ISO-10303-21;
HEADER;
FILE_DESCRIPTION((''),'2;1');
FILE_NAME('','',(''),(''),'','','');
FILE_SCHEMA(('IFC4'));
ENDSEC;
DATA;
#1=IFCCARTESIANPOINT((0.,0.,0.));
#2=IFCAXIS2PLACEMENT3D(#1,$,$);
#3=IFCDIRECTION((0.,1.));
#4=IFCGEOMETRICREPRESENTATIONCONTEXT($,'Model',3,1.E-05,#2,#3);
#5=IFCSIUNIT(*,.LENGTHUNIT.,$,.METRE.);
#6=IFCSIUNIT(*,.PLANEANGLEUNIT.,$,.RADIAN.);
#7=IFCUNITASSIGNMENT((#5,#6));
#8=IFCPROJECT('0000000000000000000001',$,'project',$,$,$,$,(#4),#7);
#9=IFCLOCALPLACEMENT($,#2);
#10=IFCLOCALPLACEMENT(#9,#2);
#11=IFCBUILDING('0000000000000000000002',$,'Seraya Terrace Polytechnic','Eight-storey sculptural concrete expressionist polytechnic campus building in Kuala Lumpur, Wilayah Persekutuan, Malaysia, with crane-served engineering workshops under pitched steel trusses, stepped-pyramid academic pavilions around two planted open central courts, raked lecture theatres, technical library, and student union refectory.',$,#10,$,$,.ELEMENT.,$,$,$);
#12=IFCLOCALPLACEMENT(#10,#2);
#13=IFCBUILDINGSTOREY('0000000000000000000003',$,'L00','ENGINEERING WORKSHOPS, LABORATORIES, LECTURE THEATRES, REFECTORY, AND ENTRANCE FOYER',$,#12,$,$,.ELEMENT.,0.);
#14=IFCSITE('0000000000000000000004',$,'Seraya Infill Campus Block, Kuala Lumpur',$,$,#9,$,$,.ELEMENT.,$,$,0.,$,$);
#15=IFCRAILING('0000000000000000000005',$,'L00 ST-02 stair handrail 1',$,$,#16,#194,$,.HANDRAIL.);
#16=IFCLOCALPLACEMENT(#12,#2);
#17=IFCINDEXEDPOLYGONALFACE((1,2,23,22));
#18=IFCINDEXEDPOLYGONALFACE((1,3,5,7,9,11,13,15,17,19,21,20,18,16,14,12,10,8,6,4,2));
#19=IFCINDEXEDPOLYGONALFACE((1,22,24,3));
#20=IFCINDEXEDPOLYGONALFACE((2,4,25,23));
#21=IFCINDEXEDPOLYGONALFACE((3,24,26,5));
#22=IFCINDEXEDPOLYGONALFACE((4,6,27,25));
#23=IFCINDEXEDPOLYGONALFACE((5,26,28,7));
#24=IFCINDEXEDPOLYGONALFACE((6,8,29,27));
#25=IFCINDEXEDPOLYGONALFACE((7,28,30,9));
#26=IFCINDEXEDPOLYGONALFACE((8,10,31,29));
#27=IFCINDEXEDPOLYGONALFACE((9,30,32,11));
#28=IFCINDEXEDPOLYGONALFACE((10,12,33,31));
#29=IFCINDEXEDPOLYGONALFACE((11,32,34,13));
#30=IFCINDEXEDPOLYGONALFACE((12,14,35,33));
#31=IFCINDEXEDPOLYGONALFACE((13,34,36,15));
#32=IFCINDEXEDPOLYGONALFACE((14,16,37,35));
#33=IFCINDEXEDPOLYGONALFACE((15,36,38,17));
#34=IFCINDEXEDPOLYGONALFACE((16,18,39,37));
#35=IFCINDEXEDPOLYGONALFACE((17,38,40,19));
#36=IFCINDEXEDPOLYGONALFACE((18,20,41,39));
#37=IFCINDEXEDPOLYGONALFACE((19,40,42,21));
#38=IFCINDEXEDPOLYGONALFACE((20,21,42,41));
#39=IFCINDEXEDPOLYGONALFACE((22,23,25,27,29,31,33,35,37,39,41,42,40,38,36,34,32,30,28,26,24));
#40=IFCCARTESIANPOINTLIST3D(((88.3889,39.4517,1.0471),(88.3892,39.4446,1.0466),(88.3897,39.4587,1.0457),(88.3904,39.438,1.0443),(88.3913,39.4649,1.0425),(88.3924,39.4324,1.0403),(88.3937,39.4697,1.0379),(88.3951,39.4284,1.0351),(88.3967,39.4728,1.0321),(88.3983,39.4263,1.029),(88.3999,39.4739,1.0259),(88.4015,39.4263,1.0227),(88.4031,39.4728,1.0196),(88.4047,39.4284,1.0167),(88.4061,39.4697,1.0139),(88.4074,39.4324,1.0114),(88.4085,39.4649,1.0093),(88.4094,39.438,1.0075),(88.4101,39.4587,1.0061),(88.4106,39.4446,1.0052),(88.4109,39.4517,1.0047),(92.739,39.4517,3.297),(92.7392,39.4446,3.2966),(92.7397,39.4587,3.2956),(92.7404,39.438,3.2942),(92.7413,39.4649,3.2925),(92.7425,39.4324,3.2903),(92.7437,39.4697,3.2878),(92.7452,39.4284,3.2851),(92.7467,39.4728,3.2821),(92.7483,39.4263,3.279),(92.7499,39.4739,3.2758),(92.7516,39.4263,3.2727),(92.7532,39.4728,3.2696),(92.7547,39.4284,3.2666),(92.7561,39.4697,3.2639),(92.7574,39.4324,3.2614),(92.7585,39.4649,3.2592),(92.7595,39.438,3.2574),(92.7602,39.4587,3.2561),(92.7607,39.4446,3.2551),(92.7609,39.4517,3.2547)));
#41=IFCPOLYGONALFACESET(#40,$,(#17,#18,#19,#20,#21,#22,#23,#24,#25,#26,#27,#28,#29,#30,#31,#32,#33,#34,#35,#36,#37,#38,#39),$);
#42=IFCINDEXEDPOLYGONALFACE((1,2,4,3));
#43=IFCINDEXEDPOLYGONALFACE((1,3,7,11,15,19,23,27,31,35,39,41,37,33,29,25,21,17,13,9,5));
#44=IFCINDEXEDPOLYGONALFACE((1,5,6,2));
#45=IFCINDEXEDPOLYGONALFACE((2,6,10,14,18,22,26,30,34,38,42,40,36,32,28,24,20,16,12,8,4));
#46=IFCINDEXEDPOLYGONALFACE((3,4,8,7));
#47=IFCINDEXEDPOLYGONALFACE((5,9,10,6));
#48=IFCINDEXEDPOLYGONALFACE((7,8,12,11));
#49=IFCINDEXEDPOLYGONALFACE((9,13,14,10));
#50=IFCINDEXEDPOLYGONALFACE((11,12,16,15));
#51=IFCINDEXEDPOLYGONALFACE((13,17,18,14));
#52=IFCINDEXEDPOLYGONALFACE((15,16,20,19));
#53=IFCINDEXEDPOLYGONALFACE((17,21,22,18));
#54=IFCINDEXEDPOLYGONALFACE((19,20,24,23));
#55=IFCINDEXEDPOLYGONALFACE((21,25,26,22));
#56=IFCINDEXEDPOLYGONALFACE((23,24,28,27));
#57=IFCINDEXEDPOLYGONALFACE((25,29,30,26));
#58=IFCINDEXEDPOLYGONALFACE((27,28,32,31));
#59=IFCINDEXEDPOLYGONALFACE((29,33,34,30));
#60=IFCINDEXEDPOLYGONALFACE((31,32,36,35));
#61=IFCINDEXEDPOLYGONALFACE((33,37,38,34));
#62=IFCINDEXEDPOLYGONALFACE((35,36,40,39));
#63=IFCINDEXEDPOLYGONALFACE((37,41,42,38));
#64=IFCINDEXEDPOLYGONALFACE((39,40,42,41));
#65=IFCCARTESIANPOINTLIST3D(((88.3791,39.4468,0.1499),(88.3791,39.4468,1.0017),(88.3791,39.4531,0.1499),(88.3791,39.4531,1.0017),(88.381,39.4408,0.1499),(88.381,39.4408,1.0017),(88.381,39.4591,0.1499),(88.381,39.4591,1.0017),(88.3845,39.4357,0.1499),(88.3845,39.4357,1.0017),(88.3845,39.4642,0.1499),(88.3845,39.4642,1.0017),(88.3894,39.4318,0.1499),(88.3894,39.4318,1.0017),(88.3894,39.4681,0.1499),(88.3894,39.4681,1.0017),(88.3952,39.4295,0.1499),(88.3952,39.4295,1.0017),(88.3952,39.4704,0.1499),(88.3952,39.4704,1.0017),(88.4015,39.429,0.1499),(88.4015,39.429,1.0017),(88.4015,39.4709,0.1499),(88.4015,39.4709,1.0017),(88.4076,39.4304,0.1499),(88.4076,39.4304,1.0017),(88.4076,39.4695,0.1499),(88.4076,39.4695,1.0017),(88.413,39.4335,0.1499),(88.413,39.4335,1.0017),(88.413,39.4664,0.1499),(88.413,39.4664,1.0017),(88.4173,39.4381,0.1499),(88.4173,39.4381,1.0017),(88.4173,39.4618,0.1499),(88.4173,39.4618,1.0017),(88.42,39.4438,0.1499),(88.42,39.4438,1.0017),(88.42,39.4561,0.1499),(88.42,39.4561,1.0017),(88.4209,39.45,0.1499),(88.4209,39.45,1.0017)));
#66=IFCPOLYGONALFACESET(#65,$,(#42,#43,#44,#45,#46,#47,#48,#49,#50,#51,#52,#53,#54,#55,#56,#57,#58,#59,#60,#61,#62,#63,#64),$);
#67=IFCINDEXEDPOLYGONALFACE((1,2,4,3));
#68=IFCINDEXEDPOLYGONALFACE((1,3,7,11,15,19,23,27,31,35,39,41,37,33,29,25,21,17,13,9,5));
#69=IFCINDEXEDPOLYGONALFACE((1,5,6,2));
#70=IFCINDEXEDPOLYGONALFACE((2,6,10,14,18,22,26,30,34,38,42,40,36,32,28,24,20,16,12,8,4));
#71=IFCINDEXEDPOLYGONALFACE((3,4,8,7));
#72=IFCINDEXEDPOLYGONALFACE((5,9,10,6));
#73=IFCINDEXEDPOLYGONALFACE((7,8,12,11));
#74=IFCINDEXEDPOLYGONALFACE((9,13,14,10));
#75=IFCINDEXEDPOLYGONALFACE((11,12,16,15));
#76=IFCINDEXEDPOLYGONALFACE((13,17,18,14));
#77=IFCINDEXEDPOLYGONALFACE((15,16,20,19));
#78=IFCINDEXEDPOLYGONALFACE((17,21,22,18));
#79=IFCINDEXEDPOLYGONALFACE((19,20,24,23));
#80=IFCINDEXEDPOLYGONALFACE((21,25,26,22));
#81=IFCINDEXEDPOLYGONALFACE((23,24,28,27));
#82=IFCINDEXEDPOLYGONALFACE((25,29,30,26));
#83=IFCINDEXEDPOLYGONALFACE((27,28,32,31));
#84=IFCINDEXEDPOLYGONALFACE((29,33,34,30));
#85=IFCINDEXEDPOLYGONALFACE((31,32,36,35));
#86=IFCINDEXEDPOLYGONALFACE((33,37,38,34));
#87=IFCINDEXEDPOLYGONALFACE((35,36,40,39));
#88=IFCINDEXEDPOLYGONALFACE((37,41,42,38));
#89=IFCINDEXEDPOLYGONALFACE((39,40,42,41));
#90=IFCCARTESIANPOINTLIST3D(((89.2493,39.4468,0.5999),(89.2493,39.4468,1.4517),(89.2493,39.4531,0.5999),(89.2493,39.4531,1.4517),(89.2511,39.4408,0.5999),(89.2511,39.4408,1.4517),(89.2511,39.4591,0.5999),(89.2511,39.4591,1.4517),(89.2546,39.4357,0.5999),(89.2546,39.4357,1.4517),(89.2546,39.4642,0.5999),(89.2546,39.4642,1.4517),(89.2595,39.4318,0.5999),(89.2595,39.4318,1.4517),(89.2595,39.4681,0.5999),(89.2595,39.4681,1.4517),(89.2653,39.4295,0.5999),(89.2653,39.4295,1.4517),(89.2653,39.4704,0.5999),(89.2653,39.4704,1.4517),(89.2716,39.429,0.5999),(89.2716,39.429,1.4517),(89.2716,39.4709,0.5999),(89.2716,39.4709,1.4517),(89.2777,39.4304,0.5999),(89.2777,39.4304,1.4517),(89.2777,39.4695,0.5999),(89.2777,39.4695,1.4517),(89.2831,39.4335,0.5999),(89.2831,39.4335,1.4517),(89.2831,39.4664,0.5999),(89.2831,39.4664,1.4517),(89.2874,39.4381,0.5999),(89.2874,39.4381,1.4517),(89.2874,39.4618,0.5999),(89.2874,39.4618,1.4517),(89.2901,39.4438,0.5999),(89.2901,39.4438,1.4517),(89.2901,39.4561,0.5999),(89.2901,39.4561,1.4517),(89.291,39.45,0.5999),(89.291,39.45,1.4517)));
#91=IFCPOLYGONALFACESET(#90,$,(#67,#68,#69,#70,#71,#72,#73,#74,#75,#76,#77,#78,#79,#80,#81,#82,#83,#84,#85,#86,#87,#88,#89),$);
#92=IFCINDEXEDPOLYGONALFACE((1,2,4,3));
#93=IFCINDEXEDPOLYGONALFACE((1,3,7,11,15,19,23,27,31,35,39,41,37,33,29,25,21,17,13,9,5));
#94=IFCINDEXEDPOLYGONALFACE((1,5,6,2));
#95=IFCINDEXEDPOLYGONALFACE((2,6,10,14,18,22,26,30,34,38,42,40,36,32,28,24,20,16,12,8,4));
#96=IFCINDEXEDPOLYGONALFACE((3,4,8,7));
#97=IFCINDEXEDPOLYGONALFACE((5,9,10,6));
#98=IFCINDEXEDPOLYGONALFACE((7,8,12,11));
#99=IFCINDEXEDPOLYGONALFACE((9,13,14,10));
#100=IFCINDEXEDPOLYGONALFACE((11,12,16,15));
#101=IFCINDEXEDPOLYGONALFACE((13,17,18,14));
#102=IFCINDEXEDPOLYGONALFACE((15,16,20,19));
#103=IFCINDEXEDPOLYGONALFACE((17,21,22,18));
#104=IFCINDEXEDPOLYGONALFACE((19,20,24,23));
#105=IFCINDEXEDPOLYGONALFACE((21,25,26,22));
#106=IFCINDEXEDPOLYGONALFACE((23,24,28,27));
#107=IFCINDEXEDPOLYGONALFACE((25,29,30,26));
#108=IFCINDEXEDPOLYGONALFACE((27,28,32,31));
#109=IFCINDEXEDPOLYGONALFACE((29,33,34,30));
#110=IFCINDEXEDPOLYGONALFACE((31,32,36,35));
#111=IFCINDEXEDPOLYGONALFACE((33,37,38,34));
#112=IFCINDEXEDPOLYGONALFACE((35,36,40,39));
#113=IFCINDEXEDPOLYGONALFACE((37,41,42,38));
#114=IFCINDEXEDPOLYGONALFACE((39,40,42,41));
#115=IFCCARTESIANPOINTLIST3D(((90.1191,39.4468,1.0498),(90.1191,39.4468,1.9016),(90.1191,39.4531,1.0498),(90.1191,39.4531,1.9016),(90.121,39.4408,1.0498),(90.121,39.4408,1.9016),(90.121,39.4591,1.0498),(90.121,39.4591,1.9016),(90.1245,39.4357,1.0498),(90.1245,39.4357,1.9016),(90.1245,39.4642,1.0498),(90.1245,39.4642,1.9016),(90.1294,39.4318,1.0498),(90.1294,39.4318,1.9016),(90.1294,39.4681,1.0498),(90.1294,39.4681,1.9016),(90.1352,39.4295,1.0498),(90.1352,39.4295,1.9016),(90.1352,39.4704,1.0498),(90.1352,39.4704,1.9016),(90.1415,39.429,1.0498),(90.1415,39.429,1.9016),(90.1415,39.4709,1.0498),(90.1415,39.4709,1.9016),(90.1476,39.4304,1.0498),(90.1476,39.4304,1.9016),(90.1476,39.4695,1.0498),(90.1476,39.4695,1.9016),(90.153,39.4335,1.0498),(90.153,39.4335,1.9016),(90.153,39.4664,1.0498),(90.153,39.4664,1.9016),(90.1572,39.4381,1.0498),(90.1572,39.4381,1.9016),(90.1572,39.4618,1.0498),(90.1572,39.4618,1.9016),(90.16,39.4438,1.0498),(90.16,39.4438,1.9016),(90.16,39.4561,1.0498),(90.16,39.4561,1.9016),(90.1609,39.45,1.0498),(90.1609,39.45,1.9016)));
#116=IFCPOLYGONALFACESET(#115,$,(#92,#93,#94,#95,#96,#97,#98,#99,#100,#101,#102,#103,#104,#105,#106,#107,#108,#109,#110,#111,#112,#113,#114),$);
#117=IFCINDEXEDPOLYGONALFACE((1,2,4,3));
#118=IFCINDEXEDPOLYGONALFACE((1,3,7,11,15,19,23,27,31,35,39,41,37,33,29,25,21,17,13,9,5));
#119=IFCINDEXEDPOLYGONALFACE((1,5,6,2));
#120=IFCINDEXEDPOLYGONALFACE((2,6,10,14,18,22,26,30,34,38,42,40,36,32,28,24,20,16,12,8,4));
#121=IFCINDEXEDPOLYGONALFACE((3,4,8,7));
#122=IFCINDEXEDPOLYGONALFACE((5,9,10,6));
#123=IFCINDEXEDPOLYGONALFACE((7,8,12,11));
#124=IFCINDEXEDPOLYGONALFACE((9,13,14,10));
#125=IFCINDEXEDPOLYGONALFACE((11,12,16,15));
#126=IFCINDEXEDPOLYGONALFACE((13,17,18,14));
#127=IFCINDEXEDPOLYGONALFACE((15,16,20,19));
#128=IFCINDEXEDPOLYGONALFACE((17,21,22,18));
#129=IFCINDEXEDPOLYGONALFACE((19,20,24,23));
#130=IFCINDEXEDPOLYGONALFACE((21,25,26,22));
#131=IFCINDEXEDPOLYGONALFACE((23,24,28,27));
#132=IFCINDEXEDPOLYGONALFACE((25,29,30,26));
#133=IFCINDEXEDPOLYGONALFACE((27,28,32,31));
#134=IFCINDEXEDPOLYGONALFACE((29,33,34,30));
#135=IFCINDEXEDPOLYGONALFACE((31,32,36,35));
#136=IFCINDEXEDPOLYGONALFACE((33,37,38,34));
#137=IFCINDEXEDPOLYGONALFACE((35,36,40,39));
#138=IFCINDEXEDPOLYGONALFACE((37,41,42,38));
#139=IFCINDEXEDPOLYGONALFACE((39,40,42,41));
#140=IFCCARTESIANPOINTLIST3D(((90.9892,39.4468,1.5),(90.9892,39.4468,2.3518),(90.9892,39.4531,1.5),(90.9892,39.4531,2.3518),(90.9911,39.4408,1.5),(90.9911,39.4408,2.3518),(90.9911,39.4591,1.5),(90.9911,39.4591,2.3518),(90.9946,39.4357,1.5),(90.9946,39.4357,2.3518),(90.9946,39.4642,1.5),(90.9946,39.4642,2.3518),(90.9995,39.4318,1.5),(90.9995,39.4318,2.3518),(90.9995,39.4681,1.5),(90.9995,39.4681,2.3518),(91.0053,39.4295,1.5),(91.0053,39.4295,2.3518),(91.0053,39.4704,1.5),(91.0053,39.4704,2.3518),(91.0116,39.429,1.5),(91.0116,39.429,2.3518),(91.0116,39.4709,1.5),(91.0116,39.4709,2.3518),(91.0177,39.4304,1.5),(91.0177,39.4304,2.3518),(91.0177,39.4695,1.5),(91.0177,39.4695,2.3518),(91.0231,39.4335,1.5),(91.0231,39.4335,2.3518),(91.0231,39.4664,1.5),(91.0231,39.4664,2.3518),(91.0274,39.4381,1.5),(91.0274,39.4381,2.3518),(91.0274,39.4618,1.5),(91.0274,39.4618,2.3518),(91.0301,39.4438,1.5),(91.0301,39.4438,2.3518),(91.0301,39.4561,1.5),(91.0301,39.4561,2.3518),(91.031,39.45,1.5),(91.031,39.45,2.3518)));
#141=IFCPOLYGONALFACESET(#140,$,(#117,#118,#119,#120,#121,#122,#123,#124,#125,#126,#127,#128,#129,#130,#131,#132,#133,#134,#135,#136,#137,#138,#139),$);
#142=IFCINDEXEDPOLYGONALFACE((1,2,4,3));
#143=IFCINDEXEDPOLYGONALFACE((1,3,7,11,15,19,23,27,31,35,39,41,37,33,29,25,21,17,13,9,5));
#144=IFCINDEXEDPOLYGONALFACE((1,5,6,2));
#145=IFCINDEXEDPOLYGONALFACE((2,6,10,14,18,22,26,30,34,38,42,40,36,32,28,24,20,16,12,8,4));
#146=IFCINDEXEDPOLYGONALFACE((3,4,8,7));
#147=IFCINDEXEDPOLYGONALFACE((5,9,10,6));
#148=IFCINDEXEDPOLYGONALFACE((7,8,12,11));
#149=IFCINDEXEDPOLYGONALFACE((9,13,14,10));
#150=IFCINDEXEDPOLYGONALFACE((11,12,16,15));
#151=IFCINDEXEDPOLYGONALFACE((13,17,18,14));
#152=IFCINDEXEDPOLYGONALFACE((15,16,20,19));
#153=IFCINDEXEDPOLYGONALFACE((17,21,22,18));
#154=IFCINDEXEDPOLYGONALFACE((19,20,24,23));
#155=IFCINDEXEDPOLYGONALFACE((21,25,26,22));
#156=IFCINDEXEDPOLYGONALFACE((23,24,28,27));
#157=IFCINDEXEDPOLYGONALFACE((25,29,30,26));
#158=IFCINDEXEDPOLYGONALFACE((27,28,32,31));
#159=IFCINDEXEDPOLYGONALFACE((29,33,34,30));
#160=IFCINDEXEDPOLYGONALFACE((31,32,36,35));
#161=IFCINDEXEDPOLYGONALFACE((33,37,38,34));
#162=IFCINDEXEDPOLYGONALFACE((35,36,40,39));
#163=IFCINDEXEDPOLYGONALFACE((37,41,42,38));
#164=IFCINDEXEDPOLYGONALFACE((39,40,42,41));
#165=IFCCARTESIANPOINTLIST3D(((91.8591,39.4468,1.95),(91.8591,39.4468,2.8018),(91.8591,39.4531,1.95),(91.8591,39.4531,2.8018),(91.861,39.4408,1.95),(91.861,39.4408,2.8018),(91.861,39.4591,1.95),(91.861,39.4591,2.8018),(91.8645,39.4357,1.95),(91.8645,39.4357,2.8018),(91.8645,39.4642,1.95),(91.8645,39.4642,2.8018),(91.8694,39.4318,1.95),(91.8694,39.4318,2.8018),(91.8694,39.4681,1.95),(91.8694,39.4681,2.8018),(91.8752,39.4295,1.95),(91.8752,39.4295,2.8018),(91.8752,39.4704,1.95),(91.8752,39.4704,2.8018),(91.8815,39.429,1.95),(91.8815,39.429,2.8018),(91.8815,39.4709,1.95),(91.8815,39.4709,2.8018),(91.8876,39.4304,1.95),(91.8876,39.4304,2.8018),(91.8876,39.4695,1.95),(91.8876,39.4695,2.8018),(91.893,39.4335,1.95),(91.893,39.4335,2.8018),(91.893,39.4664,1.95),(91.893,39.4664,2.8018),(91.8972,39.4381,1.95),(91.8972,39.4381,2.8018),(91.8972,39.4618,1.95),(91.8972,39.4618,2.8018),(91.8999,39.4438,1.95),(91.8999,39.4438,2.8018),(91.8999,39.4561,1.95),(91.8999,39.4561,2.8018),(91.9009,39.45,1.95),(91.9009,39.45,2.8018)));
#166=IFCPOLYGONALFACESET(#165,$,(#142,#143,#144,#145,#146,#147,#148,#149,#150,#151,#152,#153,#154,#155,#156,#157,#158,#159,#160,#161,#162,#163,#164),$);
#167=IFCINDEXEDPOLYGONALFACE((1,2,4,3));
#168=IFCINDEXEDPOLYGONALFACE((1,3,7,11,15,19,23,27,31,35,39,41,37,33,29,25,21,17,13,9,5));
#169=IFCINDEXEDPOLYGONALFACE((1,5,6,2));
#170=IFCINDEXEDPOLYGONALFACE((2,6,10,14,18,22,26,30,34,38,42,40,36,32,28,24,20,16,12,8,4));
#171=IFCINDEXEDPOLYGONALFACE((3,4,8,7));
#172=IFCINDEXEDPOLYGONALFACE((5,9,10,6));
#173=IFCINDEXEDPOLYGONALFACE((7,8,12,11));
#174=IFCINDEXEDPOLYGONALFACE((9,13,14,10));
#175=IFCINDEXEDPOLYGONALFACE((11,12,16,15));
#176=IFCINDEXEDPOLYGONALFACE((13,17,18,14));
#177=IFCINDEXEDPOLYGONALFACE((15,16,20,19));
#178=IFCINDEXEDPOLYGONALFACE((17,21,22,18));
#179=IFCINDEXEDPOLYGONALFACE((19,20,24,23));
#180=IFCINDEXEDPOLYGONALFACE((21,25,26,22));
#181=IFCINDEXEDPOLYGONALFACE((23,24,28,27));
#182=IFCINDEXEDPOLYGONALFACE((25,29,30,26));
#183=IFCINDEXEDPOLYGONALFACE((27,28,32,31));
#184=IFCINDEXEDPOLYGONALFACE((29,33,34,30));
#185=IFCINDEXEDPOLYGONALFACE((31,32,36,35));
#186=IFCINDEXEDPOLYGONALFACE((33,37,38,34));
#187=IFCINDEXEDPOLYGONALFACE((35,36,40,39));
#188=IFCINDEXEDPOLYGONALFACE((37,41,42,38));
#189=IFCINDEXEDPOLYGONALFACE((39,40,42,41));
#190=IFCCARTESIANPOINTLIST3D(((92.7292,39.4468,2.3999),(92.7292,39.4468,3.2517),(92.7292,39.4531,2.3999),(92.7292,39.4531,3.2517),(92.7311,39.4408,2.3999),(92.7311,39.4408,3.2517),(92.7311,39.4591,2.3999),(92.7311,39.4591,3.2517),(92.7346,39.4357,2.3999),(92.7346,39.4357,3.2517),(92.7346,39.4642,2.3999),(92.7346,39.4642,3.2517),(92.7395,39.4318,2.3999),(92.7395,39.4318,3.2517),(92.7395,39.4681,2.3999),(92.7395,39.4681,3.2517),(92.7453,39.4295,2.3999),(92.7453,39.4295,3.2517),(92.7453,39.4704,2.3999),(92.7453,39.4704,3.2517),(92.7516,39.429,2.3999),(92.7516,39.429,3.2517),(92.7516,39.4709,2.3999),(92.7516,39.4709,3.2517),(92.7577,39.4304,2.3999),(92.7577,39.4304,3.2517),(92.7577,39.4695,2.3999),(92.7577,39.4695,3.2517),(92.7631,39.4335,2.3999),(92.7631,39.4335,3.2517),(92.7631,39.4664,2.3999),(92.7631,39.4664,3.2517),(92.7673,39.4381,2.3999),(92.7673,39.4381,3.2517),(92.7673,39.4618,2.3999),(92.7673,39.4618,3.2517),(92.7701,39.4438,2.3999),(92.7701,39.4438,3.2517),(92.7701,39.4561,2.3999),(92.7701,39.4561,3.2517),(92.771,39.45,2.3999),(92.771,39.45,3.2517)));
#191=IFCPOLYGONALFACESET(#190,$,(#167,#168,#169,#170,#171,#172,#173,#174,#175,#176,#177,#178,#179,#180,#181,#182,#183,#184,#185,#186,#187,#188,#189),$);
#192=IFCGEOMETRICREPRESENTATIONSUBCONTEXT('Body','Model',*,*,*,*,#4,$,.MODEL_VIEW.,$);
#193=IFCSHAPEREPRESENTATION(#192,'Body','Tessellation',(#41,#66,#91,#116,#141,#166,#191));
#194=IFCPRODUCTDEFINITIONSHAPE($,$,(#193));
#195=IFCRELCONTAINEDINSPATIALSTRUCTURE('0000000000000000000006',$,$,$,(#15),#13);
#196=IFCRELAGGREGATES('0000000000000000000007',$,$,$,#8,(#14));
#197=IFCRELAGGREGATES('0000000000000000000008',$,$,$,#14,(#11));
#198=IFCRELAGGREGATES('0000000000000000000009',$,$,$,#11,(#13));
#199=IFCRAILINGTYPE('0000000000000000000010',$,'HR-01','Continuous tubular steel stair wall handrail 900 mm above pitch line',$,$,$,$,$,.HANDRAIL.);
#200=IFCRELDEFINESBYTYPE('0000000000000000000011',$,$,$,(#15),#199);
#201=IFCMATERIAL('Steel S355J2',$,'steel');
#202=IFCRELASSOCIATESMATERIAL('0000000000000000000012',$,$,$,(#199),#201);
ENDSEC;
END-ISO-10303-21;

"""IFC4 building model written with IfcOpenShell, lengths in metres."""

from ifc_helpers import new_model, si_unit, direction, frame, origin, origin_2d, place, context, subcontext, project, spatial, circle, extrude, material, type_object, element, save


model = new_model("IFC4")

# Units and contexts
model_context = context("Model", 3, precision=1e-05, world=origin(), true_north=direction((0.0, 1.0)))
body_context = subcontext(model_context, "Body", "Model", "MODEL_VIEW")
ifc_project = project(units=[si_unit("LENGTHUNIT", "METRE"), si_unit("PLANEANGLEUNIT", "RADIAN")], contexts=[model_context])

# Site, building, storey
site_placement = place(None, origin())
site = spatial("IfcSite", under=ifc_project, at=site_placement, Name="Seraya Infill Campus Block, Kuala Lumpur", CompositionType="ELEMENT", RefElevation=0.0)
building_placement = place(site_placement, origin())
building = spatial("IfcBuilding", under=site, at=building_placement, Name="Seraya Terrace Polytechnic", Description="Eight-storey sculptural concrete expressionist polytechnic campus building in Kuala Lumpur, Wilayah Persekutuan, Malaysia, with crane-served engineering workshops under pitched steel trusses, stepped-pyramid academic pavilions around two planted open central courts, raked lecture theatres, technical library, and student union refectory.", CompositionType="ELEMENT")
storey_placement = place(building_placement, origin())
storey = spatial("IfcBuildingStorey", under=building, at=storey_placement, Name="L00", Description="ENGINEERING WORKSHOPS, LABORATORIES, LECTURE THEATRES, REFECTORY, AND ENTRANCE FOYER", CompositionType="ELEMENT", Elevation=0.0)

# Shared definitions
ifc_material_1 = material(Name="Steel S355J2", Category="steel")

# Railing
railing_type_1 = type_object("IfcRailingType", Name="HR-01", Description="Continuous tubular steel stair wall handrail 900 mm above pitch line", PredefinedType="HANDRAIL", material=ifc_material_1)
railing_1_placement = place(storey_placement, frame((88.3999, 39.45, 0.1499)))
element("IfcRailing", 1, at=railing_1_placement, inside=storey, type_object=railing_type_1, Name="L00 ST-02 stair handrail 1", PredefinedType="HANDRAIL", context=body_context, shape_type="SweptSolid", body=[
    extrude(circle(Radius=0.0239, at=origin_2d()), frame((0.0, 0.0, 0.876), z_axis=(0.888222, 0.0, 0.459415), x_axis=(0.0, 1.0, 0.0)), (0.0, 0.0, 1.0), 4.8975),
    extrude(circle(Radius=0.021, at=origin_2d()), origin(), (0.0, 0.0, 1.0), 0.8518),
    extrude(circle(Radius=0.021, at=origin_2d()), frame((0.8701, 0.0, 0.45)), (0.0, 0.0, 1.0), 0.8518),
    extrude(circle(Radius=0.021, at=origin_2d()), frame((1.74, 0.0, 0.8999)), (0.0, 0.0, 1.0), 0.8518),
    extrude(circle(Radius=0.021, at=origin_2d()), frame((2.6101, 0.0, 1.3501)), (0.0, 0.0, 1.0), 0.8518),
    extrude(circle(Radius=0.021, at=origin_2d()), frame((3.48, 0.0, 1.8)), (0.0, 0.0, 1.0), 0.8518),
    extrude(circle(Radius=0.021, at=origin_2d()), frame((4.3501, 0.0, 2.25)), (0.0, 0.0, 1.0), 0.8518),
])

save(model, "model.ifc")
